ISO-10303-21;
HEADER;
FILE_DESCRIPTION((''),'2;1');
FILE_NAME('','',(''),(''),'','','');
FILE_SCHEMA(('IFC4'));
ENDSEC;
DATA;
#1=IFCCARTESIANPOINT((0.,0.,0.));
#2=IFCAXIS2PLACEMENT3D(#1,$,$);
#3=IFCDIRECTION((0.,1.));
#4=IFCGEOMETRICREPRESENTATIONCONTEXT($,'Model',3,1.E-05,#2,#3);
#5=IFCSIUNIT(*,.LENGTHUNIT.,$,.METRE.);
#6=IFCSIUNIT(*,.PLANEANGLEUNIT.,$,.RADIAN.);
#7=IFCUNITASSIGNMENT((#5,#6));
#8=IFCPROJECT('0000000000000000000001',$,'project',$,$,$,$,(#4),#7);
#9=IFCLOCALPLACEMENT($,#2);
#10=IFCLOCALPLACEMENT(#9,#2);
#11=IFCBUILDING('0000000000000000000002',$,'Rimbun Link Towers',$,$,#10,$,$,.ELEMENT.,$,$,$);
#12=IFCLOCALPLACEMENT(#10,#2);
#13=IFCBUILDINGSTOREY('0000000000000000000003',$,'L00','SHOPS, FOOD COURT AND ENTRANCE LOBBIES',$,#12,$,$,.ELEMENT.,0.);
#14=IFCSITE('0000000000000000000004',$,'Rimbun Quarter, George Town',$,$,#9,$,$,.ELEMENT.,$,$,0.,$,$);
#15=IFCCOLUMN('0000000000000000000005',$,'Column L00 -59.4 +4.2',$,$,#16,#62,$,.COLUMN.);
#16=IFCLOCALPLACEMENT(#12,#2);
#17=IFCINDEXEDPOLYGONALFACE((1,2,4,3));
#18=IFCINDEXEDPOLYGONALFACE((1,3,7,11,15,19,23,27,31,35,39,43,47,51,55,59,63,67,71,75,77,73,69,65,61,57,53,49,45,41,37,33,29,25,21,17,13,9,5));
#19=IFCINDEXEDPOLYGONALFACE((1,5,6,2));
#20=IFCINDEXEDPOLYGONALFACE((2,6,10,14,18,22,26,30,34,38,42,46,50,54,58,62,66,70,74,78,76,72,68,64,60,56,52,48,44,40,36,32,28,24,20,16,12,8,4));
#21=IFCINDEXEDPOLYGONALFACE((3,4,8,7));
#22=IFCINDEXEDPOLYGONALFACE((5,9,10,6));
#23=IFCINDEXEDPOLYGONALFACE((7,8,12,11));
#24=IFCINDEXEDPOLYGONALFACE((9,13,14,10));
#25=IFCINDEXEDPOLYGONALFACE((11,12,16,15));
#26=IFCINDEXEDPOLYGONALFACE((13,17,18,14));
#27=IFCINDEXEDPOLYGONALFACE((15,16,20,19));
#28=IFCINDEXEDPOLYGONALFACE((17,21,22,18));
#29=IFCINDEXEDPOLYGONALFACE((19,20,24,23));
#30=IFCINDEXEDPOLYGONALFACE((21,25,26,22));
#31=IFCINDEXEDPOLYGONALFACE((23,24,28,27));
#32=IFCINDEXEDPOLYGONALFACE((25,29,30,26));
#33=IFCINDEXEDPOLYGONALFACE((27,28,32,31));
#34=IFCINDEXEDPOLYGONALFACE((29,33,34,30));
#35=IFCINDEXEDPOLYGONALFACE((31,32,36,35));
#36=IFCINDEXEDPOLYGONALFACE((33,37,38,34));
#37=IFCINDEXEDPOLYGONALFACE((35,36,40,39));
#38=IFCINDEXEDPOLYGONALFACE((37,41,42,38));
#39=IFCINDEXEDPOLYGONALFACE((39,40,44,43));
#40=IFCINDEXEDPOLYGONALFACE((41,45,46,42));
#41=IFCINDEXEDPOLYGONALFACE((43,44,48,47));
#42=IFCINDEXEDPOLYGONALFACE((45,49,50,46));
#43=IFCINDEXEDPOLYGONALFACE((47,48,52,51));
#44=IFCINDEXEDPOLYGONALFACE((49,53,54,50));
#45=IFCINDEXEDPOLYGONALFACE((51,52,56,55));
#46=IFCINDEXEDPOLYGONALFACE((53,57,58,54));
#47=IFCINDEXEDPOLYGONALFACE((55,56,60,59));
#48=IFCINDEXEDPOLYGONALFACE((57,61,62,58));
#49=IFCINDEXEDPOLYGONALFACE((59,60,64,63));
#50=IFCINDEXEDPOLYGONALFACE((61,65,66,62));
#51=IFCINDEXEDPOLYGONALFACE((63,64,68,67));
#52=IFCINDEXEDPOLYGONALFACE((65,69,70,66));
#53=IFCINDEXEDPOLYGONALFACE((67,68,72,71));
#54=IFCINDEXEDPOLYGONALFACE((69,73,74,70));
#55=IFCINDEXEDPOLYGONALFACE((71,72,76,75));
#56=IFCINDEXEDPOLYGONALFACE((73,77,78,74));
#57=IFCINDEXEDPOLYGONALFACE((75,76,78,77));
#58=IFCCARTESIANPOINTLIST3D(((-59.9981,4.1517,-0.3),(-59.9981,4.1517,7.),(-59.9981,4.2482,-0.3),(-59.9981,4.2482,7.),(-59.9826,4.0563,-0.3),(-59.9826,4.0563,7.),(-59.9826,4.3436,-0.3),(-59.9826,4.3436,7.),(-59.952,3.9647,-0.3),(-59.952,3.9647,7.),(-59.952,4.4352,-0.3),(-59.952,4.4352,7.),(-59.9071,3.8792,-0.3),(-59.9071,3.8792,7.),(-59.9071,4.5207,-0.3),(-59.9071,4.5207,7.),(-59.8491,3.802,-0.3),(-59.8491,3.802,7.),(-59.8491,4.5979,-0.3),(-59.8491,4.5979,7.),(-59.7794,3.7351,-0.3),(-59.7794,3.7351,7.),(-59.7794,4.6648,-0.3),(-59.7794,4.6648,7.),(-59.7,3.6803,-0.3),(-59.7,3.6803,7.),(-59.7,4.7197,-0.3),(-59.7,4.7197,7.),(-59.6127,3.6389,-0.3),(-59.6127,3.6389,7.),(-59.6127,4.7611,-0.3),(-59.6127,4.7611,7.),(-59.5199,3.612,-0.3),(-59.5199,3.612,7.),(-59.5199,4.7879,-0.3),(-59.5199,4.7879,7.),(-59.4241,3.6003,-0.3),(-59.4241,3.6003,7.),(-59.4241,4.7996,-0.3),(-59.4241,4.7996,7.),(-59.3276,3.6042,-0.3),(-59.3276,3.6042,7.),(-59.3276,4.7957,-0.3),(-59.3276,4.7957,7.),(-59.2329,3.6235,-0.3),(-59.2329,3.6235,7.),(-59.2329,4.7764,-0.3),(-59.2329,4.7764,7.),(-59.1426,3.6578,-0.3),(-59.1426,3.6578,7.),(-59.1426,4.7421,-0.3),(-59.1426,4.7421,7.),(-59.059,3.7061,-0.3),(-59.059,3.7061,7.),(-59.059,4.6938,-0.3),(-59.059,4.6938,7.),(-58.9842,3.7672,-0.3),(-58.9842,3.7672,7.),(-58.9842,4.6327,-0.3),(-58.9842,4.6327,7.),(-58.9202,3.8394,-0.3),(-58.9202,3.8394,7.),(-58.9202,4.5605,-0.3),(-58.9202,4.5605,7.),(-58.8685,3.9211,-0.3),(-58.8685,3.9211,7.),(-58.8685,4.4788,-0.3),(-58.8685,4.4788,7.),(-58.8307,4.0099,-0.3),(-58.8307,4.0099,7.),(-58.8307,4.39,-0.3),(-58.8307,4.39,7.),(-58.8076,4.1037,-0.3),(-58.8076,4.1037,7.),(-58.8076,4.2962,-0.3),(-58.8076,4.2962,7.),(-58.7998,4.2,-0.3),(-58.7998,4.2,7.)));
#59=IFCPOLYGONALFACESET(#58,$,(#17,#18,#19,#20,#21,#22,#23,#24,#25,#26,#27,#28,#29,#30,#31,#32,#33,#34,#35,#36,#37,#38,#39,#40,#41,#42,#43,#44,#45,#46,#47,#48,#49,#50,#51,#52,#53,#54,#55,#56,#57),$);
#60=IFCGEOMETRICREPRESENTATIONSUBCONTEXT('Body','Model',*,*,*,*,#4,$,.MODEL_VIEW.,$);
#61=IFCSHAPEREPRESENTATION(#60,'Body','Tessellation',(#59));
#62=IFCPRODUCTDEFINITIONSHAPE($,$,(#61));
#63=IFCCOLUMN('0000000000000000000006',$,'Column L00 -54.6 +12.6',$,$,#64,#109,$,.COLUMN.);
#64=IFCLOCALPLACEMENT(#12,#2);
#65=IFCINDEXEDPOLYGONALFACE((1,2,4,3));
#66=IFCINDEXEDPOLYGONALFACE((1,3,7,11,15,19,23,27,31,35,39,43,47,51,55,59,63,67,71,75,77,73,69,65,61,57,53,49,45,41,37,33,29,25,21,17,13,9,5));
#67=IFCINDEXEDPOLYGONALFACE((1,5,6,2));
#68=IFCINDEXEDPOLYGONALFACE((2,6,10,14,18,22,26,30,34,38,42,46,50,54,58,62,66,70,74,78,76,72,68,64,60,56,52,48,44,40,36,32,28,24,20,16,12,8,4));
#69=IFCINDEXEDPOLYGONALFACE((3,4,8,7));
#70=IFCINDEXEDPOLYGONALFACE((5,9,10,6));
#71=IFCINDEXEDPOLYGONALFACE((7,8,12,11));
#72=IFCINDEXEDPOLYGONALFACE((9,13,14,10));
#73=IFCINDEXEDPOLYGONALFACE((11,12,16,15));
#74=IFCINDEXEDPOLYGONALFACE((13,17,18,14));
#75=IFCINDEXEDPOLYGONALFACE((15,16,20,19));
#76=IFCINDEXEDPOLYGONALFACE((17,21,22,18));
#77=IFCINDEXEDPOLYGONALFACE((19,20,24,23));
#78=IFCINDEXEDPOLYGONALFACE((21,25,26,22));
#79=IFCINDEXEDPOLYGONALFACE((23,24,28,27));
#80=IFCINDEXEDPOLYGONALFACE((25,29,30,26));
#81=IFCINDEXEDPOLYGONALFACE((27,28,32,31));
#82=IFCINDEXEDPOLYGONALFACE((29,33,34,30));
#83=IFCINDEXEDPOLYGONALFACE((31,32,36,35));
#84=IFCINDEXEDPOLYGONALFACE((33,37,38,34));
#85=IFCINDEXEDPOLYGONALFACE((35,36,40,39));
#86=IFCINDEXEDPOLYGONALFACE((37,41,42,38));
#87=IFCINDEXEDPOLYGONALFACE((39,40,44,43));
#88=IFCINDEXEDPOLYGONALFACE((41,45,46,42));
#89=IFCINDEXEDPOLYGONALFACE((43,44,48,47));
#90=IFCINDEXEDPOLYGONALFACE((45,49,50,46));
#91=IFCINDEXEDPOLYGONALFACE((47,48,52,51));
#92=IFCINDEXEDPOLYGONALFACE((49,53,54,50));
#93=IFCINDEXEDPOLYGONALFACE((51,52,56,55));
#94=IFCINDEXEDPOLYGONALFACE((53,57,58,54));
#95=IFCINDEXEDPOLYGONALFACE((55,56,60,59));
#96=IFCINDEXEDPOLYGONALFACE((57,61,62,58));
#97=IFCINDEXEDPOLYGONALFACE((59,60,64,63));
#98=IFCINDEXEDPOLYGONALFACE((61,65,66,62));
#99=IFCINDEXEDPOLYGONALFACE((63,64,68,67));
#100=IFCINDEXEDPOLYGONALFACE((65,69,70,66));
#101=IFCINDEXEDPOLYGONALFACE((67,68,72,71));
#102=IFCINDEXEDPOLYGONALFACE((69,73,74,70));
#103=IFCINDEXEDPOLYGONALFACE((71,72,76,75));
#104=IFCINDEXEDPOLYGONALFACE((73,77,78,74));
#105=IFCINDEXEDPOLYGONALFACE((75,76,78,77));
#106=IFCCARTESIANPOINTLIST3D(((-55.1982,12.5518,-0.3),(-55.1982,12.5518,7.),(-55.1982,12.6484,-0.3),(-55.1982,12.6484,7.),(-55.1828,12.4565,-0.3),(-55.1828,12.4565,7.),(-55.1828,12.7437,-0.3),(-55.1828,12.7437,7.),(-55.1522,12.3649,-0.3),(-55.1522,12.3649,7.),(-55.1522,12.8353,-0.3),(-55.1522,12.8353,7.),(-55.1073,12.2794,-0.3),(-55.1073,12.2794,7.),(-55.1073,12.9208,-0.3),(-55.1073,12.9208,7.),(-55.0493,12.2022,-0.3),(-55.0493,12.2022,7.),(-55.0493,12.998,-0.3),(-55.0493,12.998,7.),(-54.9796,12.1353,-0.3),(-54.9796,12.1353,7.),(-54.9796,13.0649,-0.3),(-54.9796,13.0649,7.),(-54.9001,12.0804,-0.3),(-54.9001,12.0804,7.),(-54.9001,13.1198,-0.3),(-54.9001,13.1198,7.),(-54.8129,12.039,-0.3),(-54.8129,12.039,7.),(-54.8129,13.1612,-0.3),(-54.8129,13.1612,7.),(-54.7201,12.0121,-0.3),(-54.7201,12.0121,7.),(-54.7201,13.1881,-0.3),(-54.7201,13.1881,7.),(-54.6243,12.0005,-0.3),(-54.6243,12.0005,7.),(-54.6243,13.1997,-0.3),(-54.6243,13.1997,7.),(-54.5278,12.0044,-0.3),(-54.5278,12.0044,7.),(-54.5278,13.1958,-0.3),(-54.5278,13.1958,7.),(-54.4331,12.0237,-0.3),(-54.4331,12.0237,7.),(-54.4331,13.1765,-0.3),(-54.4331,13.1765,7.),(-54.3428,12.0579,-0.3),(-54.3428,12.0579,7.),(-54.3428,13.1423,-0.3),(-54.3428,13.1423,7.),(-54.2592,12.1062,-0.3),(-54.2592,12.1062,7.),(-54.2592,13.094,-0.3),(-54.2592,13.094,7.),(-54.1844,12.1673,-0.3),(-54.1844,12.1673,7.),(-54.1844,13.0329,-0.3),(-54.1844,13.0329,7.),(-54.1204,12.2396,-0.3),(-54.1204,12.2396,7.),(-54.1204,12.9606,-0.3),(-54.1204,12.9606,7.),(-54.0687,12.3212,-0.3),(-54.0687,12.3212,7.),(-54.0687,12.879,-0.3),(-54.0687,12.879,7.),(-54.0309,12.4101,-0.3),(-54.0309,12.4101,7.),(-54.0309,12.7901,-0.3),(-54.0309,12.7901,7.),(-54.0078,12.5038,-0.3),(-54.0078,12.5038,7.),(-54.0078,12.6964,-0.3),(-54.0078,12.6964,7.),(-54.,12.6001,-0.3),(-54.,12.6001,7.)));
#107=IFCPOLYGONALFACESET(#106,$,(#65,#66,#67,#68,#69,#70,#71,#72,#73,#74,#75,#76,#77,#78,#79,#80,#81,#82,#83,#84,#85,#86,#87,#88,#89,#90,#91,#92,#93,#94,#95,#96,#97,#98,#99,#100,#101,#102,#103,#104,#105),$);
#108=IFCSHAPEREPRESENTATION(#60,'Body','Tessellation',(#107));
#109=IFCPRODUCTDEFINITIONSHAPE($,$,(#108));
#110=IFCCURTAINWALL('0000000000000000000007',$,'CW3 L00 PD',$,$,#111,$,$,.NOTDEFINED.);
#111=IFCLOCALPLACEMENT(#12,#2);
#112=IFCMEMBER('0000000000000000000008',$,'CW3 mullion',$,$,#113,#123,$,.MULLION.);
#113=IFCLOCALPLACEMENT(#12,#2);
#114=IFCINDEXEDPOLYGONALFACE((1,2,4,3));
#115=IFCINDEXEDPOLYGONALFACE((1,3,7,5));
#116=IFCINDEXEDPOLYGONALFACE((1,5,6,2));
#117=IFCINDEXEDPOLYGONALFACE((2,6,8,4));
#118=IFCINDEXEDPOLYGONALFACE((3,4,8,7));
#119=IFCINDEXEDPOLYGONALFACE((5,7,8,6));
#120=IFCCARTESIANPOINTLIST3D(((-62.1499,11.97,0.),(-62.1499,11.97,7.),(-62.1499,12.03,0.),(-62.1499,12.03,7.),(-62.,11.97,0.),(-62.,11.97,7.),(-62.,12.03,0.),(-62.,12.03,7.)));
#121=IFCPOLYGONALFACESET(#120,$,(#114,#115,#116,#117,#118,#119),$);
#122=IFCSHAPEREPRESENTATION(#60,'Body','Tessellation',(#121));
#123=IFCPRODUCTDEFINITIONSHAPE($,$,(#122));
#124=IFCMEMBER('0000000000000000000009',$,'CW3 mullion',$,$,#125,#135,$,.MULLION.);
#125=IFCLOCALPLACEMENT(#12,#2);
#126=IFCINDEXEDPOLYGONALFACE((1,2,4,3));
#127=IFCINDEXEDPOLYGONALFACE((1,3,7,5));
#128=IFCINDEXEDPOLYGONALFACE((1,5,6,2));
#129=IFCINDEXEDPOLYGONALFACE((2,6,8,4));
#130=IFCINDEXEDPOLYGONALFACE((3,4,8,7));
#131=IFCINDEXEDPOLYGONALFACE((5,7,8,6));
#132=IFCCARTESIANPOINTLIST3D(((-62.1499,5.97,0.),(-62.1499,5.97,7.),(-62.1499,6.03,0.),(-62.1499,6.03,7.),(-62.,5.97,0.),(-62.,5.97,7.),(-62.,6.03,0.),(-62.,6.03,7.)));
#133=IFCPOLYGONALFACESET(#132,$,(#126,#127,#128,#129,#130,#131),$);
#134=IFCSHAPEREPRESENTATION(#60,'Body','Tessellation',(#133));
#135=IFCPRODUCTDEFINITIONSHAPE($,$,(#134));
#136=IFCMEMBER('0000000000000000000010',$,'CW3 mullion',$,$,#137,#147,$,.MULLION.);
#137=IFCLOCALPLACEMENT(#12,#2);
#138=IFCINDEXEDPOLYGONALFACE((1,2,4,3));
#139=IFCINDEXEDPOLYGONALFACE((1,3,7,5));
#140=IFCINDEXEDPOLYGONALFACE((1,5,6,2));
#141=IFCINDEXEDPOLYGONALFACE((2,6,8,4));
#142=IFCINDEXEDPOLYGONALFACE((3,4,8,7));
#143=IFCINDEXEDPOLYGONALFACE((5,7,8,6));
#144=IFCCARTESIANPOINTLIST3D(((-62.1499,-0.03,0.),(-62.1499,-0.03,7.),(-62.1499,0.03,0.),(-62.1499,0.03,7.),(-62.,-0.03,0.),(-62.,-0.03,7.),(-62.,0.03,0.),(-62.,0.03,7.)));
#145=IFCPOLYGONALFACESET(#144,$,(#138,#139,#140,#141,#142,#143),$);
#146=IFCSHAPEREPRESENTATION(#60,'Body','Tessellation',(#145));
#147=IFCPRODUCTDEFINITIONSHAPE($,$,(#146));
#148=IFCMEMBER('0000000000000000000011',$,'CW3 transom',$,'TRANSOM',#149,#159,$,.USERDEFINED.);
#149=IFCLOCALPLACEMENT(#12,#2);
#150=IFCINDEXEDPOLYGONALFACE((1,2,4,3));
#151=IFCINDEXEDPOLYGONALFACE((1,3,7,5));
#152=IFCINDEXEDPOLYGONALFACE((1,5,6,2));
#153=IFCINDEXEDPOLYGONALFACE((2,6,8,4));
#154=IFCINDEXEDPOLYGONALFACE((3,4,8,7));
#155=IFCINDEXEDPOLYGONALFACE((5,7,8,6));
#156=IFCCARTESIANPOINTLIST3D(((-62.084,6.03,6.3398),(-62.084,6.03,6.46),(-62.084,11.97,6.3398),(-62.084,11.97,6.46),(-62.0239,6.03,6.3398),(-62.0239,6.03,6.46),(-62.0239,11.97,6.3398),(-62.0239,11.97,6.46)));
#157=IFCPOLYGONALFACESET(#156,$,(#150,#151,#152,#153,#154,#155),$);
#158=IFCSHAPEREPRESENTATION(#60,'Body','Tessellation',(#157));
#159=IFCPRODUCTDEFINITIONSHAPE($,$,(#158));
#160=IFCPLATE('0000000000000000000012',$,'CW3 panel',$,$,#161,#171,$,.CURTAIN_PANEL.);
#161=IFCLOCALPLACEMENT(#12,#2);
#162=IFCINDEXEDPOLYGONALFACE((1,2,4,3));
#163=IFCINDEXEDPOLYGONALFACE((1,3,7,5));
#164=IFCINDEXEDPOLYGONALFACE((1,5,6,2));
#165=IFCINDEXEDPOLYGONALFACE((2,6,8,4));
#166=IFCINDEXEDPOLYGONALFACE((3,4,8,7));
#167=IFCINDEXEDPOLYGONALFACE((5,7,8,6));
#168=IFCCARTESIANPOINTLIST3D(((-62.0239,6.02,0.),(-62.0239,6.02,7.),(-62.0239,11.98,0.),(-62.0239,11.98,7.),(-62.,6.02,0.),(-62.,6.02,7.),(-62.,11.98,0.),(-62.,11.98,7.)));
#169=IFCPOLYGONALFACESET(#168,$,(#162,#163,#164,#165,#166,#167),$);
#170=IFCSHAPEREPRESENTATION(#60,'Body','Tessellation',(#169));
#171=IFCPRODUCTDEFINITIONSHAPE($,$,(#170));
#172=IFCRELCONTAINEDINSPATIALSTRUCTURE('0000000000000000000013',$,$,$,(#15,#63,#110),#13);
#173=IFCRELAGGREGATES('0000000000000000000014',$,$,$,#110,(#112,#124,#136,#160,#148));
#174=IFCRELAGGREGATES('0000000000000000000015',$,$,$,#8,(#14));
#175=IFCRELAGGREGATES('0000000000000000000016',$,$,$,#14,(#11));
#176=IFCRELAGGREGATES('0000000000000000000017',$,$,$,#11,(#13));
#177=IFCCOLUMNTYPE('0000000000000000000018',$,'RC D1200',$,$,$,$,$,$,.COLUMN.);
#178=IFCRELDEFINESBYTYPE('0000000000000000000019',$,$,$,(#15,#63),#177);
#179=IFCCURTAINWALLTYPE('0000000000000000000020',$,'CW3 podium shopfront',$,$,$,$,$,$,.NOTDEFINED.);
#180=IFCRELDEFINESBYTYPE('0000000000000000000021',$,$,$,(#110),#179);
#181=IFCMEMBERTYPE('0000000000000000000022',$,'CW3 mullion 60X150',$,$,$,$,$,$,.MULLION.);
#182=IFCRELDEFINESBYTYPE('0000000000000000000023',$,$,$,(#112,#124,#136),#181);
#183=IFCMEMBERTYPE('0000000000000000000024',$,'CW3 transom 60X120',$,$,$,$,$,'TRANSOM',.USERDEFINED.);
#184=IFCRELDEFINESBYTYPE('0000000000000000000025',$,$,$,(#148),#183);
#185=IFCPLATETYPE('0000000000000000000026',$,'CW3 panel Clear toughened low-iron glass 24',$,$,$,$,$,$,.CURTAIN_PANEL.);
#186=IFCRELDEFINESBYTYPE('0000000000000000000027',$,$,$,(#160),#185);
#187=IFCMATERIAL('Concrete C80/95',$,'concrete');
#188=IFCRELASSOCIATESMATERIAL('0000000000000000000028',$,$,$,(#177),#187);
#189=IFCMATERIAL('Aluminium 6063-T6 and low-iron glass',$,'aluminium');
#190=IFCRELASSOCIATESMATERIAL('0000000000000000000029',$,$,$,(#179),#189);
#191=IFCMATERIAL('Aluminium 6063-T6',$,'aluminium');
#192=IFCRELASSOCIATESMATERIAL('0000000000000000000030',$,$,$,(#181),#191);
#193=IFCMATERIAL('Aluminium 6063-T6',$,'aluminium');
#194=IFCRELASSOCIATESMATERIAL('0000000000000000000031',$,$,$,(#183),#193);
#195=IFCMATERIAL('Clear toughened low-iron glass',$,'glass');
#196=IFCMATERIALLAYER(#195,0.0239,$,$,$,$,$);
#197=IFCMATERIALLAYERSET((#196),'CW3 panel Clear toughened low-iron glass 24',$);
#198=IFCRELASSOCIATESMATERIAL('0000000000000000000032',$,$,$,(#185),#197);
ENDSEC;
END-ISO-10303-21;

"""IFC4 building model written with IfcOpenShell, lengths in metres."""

from ifc_helpers import new_model, si_unit, direction, frame, origin, origin_2d, place, context, subcontext, project, spatial, rectangle, circle, extrude, material, layer, layer_set, material_profile, profile_set, type_object, element, aggregate, save


model = new_model("IFC4")

# Units and contexts
model_context = context("Model", 3, precision=1e-05, world=origin(), true_north=direction((0.0, 1.0)))
body_context = subcontext(model_context, "Body", "Model", "MODEL_VIEW")
ifc_project = project(units=[si_unit("LENGTHUNIT", "METRE"), si_unit("PLANEANGLEUNIT", "RADIAN")], contexts=[model_context])

# Site, building, storey
site_placement = place(None, origin())
site = spatial("IfcSite", under=ifc_project, at=site_placement, Name="Rimbun Quarter, George Town", CompositionType="ELEMENT", RefElevation=0.0)
building_placement = place(site_placement, origin())
building = spatial("IfcBuilding", under=site, at=building_placement, Name="Rimbun Link Towers", CompositionType="ELEMENT")
storey_placement = place(building_placement, origin())
storey = spatial("IfcBuildingStorey", under=building, at=storey_placement, Name="L00", Description="SHOPS, FOOD COURT AND ENTRANCE LOBBIES", CompositionType="ELEMENT", Elevation=0.0)

# Columns
ifc_material_1 = material(Name="Concrete C80/95", Category="concrete")
ifc_material_profile_1 = material_profile(ifc_material_1, circle(Radius=0.6001, at=origin_2d()), Name="RC D1200")
ifc_profile_set_1 = profile_set([ifc_material_profile_1], Name="Concrete C80/95")
column_type = type_object("IfcColumnType", Name="RC D1200", PredefinedType="COLUMN", material=ifc_profile_set_1)
for number, where, z_axis, x_axis, name in (
    (1, (-59.3999, 4.2, -0.3), (0.0, 0.0, 1.0), (1.0, 0.0, 0.0), "Column L00 -59.4 +4.2"),
    (2, (-54.6001, 12.6001, -0.3), (0.0, 0.0, 1.0), (1.0, 0.0, 0.0), "Column L00 -54.6 +12.6"),
):
    element("IfcColumn", number, at=place(storey_placement, frame(where, z_axis=z_axis, x_axis=x_axis)), inside=storey, type_object=column_type, Name=name, PredefinedType="COLUMN", context=body_context, shape_type="SweptSolid", body=[
        extrude(circle(Radius=0.6001, at=origin_2d()), origin(), (0.0, 0.0, 1.0), 7.3),
    ])

# Curtain wall, members, plate
ifc_material_2 = material(Name="Aluminium 6063-T6 and low-iron glass", Category="aluminium")
curtain_wall_type = type_object("IfcCurtainWallType", Name="CW3 podium shopfront", PredefinedType="NOTDEFINED", material=ifc_material_2)
curtain_wall_placement = place(storey_placement, origin())
curtain_wall = element("IfcCurtainWall", 3, at=curtain_wall_placement, inside=storey, type_object=curtain_wall_type, Name="CW3 L00 PD", PredefinedType="NOTDEFINED")
ifc_material_3 = material(Name="Aluminium 6063-T6", Category="aluminium")
ifc_material_profile_2 = material_profile(ifc_material_3, rectangle(XDim=0.1499, YDim=0.0601, at=origin_2d()), Name="MULLION 60X150")
ifc_profile_set_2 = profile_set([ifc_material_profile_2], Name="Aluminium 6063-T6")
member_type_1 = type_object("IfcMemberType", Name="CW3 mullion 60X150", PredefinedType="MULLION", material=ifc_profile_set_2)
member_1_placement = place(storey_placement, frame((-62.075, 12.0, 0.0), z_axis=(0.0, 0.0, 1.0), x_axis=(-1.0, 0.0, 0.0)))
member_1 = element("IfcMember", 4, at=member_1_placement, type_object=member_type_1, Name="CW3 mullion", PredefinedType="MULLION", context=body_context, shape_type="SweptSolid", body=[
    extrude(rectangle(XDim=0.1499, YDim=0.0601, at=origin_2d()), origin(), (0.0, 0.0, 1.0), 7.0),
])
member_2_placement = place(storey_placement, frame((-62.075, 6.0, 0.0), z_axis=(0.0, 0.0, 1.0), x_axis=(-1.0, 0.0, 0.0)))
member_2 = element("IfcMember", 5, at=member_2_placement, type_object=member_type_1, Name="CW3 mullion", PredefinedType="MULLION", context=body_context, shape_type="SweptSolid", body=[
    extrude(rectangle(XDim=0.1499, YDim=0.0601, at=origin_2d()), origin(), (0.0, 0.0, 1.0), 7.0),
])
member_3_placement = place(storey_placement, frame((-62.075, 0.0, 0.0), z_axis=(0.0, 0.0, 1.0), x_axis=(-1.0, 0.0, 0.0)))
member_3 = element("IfcMember", 6, at=member_3_placement, type_object=member_type_1, Name="CW3 mullion", PredefinedType="MULLION", context=body_context, shape_type="SweptSolid", body=[
    extrude(rectangle(XDim=0.1499, YDim=0.0601, at=origin_2d()), origin(), (0.0, 0.0, 1.0), 7.0),
])
ifc_material_4 = material(Name="Aluminium 6063-T6", Category="aluminium")
ifc_material_profile_3 = material_profile(ifc_material_4, rectangle(XDim=0.0601, YDim=0.1201, at=origin_2d()), Name="TRANSOM 60X120")
ifc_profile_set_3 = profile_set([ifc_material_profile_3], Name="Aluminium 6063-T6")
member_type_2 = type_object("IfcMemberType", Name="CW3 transom 60X120", ElementType="TRANSOM", PredefinedType="USERDEFINED", material=ifc_profile_set_3)
member_4_placement = place(storey_placement, frame((-62.054, 6.03, 6.3999), z_axis=(0.0, 1.0, 0.0), x_axis=(-1.0, 0.0, 0.0)))
member_4 = element("IfcMember", 7, at=member_4_placement, type_object=member_type_2, Name="CW3 transom", ObjectType="TRANSOM", PredefinedType="USERDEFINED", context=body_context, shape_type="SweptSolid", body=[
    extrude(rectangle(XDim=0.0601, YDim=0.1201, at=origin_2d()), origin(), (0.0, 0.0, 1.0), 5.9399),
])
ifc_material_5 = material(Name="Clear toughened low-iron glass", Category="glass")
ifc_layer_1 = layer(ifc_material_5, 0.0239)
ifc_layer_set_1 = layer_set([ifc_layer_1], Name="CW3 panel Clear toughened low-iron glass 24")
plate_type = type_object("IfcPlateType", Name="CW3 panel Clear toughened low-iron glass 24", PredefinedType="CURTAIN_PANEL", material=ifc_layer_set_1)
plate_placement = place(storey_placement, frame((-62.012, 9.0, 0.0), z_axis=(0.0, 0.0, 1.0), x_axis=(0.0, 1.0, 0.0)))
plate = element("IfcPlate", 8, at=plate_placement, type_object=plate_type, Name="CW3 panel", PredefinedType="CURTAIN_PANEL", context=body_context, shape_type="SweptSolid", body=[
    extrude(rectangle(XDim=5.96, YDim=0.0239, at=origin_2d()), origin(), (0.0, 0.0, 1.0), 7.0),
])
aggregate(curtain_wall, [member_1, member_2, member_3, plate, member_4])

save(model, "model.ifc")
